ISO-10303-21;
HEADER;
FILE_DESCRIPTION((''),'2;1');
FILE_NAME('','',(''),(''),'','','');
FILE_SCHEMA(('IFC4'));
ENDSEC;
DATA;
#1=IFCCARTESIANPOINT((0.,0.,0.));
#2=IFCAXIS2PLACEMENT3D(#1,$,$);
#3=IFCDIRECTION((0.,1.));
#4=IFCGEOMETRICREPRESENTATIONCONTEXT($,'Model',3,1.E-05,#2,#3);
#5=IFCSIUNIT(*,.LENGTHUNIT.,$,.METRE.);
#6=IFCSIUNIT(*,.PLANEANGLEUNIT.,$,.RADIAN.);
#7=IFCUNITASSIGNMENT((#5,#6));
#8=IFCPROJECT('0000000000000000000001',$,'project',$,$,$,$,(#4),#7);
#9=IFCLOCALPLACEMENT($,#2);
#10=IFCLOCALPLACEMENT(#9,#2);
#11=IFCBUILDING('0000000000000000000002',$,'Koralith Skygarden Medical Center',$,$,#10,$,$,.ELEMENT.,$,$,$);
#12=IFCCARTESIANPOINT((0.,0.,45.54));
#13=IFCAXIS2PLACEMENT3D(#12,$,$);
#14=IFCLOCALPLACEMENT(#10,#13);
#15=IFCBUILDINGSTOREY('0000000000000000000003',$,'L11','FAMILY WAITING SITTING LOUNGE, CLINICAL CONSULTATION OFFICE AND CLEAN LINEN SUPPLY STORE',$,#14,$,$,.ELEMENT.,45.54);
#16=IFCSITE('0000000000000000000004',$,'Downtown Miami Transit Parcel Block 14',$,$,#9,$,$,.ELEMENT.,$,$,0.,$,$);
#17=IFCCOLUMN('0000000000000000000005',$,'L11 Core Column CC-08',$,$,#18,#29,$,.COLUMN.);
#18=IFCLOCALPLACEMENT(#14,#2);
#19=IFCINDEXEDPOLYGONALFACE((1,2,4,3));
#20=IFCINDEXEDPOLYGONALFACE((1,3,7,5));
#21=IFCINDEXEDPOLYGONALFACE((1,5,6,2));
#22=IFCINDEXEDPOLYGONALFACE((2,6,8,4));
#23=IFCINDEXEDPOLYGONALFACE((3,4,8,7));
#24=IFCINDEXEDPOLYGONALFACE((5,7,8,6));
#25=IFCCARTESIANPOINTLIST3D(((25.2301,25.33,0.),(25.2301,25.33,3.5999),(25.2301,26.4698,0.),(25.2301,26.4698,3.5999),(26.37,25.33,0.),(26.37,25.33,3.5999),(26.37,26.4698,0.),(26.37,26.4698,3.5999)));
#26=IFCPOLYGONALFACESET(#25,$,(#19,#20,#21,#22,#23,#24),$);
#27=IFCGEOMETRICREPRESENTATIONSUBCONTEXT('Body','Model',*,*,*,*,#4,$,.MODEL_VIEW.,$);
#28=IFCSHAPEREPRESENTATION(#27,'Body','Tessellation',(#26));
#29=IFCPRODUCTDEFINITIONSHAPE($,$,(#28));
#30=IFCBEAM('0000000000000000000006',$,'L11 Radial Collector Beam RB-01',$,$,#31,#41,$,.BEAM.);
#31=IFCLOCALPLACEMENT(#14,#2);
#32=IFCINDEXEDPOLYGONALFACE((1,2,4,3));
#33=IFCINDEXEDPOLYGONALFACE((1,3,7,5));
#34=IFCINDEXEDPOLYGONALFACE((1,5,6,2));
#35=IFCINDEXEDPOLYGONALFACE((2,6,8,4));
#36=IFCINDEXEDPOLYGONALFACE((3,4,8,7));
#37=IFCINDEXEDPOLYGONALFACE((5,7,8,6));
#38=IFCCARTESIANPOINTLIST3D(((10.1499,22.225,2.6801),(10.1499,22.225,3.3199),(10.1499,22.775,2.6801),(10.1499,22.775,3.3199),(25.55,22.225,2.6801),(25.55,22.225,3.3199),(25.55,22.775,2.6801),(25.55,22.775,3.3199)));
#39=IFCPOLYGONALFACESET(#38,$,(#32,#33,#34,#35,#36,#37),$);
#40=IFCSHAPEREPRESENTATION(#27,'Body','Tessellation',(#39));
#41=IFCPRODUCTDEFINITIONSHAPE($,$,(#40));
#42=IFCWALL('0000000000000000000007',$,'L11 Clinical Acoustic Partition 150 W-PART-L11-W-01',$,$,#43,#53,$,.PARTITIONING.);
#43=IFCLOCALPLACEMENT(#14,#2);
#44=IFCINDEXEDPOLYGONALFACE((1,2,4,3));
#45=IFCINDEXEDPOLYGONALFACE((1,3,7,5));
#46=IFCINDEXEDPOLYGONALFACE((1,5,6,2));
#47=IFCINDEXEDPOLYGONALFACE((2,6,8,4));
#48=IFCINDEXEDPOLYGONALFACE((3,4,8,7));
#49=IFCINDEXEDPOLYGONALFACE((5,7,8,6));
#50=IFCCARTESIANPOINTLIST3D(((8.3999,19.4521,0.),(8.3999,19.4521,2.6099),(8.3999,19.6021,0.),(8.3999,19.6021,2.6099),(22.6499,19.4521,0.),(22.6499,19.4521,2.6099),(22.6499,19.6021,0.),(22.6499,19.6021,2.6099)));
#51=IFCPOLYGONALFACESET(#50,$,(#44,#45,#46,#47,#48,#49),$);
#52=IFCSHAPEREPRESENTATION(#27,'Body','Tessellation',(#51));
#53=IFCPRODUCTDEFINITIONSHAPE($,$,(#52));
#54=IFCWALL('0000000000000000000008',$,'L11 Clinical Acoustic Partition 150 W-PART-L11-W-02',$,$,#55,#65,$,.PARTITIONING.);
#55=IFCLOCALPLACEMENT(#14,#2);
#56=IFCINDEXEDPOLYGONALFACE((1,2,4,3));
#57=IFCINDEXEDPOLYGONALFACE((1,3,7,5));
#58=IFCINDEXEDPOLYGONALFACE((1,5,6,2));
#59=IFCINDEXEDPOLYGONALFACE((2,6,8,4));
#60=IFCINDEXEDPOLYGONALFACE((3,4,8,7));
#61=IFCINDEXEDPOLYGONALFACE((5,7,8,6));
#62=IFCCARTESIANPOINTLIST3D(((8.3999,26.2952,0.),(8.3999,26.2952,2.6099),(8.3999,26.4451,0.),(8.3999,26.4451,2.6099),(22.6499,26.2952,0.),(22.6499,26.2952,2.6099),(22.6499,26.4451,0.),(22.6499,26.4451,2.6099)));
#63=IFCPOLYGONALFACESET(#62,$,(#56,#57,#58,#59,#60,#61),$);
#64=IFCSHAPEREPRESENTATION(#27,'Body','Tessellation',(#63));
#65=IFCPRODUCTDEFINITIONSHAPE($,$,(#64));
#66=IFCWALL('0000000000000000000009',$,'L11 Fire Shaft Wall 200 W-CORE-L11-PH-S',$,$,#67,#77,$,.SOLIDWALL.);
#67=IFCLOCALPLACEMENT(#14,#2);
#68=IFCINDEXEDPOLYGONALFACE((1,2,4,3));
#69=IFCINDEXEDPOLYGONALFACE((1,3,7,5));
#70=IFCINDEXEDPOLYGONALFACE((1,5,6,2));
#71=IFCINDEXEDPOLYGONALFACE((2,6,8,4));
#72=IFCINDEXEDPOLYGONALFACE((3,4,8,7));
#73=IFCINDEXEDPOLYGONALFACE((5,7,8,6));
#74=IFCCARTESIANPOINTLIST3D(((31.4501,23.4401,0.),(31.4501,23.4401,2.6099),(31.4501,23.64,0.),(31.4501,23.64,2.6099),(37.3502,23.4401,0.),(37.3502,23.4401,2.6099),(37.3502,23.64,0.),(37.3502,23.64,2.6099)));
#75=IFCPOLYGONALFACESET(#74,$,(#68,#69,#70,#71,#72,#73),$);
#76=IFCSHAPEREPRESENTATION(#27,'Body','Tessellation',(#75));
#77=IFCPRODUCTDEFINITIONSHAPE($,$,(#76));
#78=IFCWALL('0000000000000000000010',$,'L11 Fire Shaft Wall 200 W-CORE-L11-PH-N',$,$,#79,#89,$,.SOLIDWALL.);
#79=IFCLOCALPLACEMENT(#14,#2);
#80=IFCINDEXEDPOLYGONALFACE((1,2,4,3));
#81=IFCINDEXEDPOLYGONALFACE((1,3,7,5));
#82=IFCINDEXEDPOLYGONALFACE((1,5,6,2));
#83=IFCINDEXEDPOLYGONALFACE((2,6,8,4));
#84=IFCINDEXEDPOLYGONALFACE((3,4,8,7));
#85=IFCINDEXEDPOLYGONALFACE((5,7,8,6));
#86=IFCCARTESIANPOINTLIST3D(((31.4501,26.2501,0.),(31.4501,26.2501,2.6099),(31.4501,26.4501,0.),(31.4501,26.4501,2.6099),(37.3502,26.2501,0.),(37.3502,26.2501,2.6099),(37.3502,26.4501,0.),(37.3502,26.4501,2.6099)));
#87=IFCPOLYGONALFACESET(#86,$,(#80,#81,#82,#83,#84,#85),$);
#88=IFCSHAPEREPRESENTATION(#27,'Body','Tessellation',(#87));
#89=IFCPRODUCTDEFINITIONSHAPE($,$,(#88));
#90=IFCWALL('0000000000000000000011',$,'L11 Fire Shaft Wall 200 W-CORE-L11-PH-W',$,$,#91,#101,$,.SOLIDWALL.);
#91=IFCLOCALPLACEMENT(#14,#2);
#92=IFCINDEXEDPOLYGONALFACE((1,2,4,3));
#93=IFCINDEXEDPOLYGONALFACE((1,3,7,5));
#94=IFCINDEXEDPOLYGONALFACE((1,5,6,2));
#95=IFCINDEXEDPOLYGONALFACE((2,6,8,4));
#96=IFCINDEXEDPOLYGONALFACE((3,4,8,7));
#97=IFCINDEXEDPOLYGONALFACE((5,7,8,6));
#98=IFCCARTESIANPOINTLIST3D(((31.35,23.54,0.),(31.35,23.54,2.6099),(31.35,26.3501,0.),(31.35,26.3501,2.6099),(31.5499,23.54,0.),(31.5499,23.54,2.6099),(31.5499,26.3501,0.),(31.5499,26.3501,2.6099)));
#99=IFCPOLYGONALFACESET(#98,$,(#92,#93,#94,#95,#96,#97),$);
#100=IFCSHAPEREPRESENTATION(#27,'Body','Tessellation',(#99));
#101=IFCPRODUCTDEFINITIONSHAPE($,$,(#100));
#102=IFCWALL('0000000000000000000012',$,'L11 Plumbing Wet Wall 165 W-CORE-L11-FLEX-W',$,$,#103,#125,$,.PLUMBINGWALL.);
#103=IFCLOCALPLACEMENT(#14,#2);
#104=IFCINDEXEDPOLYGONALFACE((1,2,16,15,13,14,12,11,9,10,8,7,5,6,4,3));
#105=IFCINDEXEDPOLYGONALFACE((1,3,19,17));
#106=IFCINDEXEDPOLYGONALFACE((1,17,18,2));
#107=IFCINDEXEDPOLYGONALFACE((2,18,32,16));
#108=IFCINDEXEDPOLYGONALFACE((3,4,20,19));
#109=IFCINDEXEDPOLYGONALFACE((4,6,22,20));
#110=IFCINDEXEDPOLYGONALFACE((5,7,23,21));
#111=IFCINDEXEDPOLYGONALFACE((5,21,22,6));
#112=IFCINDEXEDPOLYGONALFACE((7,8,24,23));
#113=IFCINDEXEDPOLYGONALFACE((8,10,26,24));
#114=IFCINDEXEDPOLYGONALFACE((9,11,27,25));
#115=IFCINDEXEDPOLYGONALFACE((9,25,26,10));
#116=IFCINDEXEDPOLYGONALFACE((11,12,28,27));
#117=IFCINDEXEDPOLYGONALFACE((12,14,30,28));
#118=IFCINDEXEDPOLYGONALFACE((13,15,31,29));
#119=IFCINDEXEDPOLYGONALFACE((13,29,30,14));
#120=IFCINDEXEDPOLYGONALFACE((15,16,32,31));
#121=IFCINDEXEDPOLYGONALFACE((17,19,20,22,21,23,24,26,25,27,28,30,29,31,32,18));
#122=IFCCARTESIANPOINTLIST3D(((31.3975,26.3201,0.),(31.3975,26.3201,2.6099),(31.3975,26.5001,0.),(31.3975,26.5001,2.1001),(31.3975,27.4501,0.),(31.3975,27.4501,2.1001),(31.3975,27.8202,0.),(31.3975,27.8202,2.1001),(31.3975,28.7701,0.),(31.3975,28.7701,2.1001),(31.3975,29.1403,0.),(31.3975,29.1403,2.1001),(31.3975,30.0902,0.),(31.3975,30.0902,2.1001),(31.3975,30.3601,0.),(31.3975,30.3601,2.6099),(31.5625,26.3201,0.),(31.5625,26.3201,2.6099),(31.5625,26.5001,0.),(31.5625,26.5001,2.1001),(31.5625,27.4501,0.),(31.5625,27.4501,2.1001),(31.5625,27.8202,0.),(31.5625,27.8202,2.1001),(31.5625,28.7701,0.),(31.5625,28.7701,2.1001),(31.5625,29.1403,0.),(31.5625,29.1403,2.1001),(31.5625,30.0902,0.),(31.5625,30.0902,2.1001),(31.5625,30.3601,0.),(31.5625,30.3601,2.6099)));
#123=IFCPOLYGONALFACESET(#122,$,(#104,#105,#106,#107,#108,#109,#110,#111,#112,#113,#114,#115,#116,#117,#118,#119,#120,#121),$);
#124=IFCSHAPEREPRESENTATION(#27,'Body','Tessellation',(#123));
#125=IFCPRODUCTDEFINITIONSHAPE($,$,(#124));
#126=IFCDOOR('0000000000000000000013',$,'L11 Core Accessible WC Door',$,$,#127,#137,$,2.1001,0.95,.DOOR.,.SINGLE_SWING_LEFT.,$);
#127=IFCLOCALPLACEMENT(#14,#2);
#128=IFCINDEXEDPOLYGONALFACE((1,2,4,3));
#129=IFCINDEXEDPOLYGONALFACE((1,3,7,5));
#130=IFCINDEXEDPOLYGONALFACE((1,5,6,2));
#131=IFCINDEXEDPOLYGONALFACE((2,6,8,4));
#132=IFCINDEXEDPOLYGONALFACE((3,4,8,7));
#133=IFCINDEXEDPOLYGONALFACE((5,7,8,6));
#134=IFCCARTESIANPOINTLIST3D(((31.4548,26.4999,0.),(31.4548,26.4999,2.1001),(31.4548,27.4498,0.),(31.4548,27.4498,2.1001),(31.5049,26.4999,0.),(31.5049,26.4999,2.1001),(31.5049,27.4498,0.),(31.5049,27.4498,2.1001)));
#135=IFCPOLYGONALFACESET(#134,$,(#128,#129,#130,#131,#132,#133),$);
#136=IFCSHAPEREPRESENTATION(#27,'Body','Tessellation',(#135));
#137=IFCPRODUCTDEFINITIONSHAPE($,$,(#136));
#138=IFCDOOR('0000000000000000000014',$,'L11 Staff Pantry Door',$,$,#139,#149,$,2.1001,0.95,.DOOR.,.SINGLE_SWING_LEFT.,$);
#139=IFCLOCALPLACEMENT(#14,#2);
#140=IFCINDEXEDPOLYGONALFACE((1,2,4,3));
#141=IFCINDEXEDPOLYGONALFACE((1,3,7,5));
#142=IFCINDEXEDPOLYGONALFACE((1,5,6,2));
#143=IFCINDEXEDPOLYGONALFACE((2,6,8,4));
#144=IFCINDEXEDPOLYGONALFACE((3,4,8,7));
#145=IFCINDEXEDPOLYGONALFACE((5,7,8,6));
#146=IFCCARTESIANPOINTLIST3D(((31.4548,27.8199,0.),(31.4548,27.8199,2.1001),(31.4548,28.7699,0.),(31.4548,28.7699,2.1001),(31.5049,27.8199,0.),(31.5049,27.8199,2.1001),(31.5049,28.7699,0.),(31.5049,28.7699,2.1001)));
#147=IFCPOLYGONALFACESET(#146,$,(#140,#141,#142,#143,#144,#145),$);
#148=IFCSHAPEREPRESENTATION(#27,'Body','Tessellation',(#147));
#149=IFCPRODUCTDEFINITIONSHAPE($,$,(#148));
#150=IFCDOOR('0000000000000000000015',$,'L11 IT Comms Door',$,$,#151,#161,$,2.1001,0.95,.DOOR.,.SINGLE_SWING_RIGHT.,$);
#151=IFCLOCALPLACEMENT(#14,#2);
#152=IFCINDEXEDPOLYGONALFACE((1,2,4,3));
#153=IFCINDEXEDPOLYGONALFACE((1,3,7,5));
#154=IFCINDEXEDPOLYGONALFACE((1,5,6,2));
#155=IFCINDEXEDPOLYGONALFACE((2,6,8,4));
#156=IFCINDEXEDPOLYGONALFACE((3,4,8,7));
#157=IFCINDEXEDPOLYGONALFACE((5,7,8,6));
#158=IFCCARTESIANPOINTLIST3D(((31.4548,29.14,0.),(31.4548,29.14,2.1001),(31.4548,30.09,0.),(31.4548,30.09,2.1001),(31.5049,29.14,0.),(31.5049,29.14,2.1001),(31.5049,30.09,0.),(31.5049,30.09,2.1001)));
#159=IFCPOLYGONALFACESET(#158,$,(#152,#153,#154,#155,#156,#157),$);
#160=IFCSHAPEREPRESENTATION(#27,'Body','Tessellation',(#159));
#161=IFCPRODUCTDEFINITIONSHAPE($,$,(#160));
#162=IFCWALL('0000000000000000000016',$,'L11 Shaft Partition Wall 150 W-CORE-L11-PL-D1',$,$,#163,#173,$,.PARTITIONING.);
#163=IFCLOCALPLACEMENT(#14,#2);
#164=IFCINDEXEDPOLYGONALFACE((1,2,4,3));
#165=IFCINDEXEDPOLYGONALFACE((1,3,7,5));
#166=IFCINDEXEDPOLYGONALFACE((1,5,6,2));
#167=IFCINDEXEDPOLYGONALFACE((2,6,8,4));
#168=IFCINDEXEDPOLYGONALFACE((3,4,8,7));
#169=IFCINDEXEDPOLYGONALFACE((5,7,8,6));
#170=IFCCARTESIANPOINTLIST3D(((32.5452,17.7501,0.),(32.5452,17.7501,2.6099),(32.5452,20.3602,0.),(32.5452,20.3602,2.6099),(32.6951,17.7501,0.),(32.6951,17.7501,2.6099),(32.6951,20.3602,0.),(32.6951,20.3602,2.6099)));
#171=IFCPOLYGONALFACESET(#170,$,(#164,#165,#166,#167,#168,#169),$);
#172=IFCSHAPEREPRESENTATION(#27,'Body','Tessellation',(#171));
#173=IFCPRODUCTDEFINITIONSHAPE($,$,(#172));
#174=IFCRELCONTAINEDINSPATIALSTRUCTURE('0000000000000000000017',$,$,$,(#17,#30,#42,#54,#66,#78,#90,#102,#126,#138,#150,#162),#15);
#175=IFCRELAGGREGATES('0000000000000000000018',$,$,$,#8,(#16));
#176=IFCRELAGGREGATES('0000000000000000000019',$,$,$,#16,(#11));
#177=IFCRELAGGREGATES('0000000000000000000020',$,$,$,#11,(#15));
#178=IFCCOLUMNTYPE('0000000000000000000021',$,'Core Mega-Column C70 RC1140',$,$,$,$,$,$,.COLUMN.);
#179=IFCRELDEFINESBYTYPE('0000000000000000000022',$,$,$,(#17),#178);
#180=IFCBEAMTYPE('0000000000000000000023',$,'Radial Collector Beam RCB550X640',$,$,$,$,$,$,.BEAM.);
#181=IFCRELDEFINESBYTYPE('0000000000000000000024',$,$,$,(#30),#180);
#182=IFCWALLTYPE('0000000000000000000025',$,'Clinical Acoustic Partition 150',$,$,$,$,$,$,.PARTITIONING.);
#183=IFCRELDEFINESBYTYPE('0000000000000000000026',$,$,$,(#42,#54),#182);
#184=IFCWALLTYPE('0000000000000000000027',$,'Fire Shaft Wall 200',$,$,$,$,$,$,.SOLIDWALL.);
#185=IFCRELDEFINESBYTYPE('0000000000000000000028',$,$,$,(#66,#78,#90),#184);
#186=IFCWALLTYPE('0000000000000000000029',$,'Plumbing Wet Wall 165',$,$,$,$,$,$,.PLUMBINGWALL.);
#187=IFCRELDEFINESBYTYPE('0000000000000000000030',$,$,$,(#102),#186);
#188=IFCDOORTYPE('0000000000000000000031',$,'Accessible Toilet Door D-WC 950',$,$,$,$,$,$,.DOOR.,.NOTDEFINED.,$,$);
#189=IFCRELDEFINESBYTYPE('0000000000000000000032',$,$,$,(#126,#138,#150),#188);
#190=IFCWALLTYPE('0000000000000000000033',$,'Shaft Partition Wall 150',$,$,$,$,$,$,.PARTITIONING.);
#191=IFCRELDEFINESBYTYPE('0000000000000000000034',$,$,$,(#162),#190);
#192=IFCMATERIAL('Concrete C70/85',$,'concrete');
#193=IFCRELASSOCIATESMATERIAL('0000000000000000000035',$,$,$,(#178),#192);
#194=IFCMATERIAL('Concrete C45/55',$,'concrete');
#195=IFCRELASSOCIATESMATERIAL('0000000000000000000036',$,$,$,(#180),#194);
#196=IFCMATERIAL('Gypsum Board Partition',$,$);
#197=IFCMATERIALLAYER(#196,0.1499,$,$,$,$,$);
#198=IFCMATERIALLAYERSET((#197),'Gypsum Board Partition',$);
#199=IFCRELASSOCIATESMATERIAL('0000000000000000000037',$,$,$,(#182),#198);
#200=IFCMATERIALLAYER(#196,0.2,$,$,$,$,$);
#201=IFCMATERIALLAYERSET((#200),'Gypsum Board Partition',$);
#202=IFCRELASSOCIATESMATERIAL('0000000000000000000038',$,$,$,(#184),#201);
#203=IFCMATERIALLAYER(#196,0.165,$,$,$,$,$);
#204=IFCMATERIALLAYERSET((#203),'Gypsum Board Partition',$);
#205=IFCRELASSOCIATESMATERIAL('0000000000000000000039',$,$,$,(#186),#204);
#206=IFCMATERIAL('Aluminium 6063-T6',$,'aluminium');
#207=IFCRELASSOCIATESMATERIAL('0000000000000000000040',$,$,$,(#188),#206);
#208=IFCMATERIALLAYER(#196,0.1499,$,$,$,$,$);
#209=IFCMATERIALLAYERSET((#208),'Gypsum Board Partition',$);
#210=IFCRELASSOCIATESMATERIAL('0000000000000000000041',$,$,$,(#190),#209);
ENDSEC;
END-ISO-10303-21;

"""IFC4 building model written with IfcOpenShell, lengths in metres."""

from ifc_helpers import new_model, si_unit, direction, frame, frame_2d, origin, origin_2d, place, context, subcontext, project, spatial, rectangle, extrude, material, layer, layer_set, material_profile, profile_set, type_object, element, fill, save


model = new_model("IFC4")

# Units and contexts
model_context = context("Model", 3, precision=1e-05, world=origin(), true_north=direction((0.0, 1.0)))
body_context = subcontext(model_context, "Body", "Model", "MODEL_VIEW")
ifc_project = project(units=[si_unit("LENGTHUNIT", "METRE"), si_unit("PLANEANGLEUNIT", "RADIAN")], contexts=[model_context])

# Site, building, storey
site_placement = place(None, origin())
site = spatial("IfcSite", under=ifc_project, at=site_placement, Name="Downtown Miami Transit Parcel Block 14", CompositionType="ELEMENT", RefElevation=0.0)
building_placement = place(site_placement, origin())
building = spatial("IfcBuilding", under=site, at=building_placement, Name="Koralith Skygarden Medical Center", CompositionType="ELEMENT")
storey_placement = place(building_placement, frame((0.0, 0.0, 45.54)))
storey = spatial("IfcBuildingStorey", under=building, at=storey_placement, Name="L11", Description="FAMILY WAITING SITTING LOUNGE, CLINICAL CONSULTATION OFFICE AND CLEAN LINEN SUPPLY STORE", CompositionType="ELEMENT", Elevation=45.54)

# Column
ifc_material_1 = material(Name="Concrete C70/85", Category="concrete")
ifc_material_profile_1 = material_profile(ifc_material_1, rectangle(XDim=1.1399, YDim=1.1399, at=origin_2d()), Name="RC1140X1140")
ifc_profile_set_1 = profile_set([ifc_material_profile_1], Name="Concrete C70/85")
column_type = type_object("IfcColumnType", Name="Core Mega-Column C70 RC1140", PredefinedType="COLUMN", material=ifc_profile_set_1)
column_placement = place(storey_placement, frame((25.8, 25.8999, 0.0), z_axis=(0.0, 0.0, 1.0), x_axis=(1.0, 0.0, 0.0)))
element("IfcColumn", 1, at=column_placement, inside=storey, type_object=column_type, Name="L11 Core Column CC-08", PredefinedType="COLUMN", context=body_context, shape_type="SweptSolid", body=[
    extrude(rectangle(XDim=1.1399, YDim=1.1399, at=origin_2d()), origin(), (0.0, 0.0, 1.0), 3.5999),
])

# Beam
ifc_material_2 = material(Name="Concrete C45/55", Category="concrete")
ifc_material_profile_2 = material_profile(ifc_material_2, rectangle(XDim=0.55, YDim=0.6399, at=origin_2d()), Name="RCB550X640")
ifc_profile_set_2 = profile_set([ifc_material_profile_2], Name="Concrete C45/55")
beam_type = type_object("IfcBeamType", Name="Radial Collector Beam RCB550X640", PredefinedType="BEAM", material=ifc_profile_set_2)
beam_placement = place(storey_placement, frame((25.55, 22.5, 3.0), z_axis=(-1.0, 0.0, 0.0), x_axis=(0.0, -1.0, 0.0)))
element("IfcBeam", 2, at=beam_placement, inside=storey, type_object=beam_type, Name="L11 Radial Collector Beam RB-01", PredefinedType="BEAM", context=body_context, shape_type="SweptSolid", body=[
    extrude(rectangle(XDim=0.55, YDim=0.6399, at=origin_2d()), origin(), (0.0, 0.0, 1.0), 15.4001),
])

# Walls
ifc_material_3 = material(Name="Gypsum Board Partition")
ifc_layer_1 = layer(ifc_material_3, 0.1499)
ifc_layer_set_1 = layer_set([ifc_layer_1], Name="Gypsum Board Partition")
wall_type_1 = type_object("IfcWallType", Name="Clinical Acoustic Partition 150", PredefinedType="PARTITIONING", material=ifc_layer_set_1)
for number, where, z_axis, x_axis, name in (
    (3, (22.6499, 19.5271, 0.0), (0.0, 0.0, 1.0), (-1.0, 0.0, 0.0), "L11 Clinical Acoustic Partition 150 W-PART-L11-W-01"),
    (4, (22.6499, 26.3701, 0.0), (0.0, 0.0, 1.0), (-1.0, 0.0, 0.0), "L11 Clinical Acoustic Partition 150 W-PART-L11-W-02"),
):
    element("IfcWall", number, at=place(storey_placement, frame(where, z_axis=z_axis, x_axis=x_axis)), inside=storey, type_object=wall_type_1, Name=name, PredefinedType="PARTITIONING", context=body_context, shape_type="SweptSolid", body=[
        extrude(rectangle(XDim=14.25, YDim=0.1499, at=frame_2d((7.125, 0.0))), origin(), (0.0, 0.0, 1.0), 2.6099),
    ])

# Shared definitions
ifc_material_4 = material(Name="Aluminium 6063-T6", Category="aluminium")
ifc_layer_2 = layer(ifc_material_3, 0.2)
ifc_layer_set_2 = layer_set([ifc_layer_2], Name="Gypsum Board Partition")
wall_type_2 = type_object("IfcWallType", Name="Fire Shaft Wall 200", PredefinedType="SOLIDWALL", material=ifc_layer_set_2)

# Walls
for number, where, z_axis, x_axis, name in (
    (5, (31.45, 23.54, 0.0), (0.0, 0.0, 1.0), (1.0, 0.0, 0.0), "L11 Fire Shaft Wall 200 W-CORE-L11-PH-S"),
    (6, (31.45, 26.3501, 0.0), (0.0, 0.0, 1.0), (1.0, 0.0, 0.0), "L11 Fire Shaft Wall 200 W-CORE-L11-PH-N"),
):
    element("IfcWall", number, at=place(storey_placement, frame(where, z_axis=z_axis, x_axis=x_axis)), inside=storey, type_object=wall_type_2, Name=name, PredefinedType="SOLIDWALL", context=body_context, shape_type="SweptSolid", body=[
        extrude(rectangle(XDim=5.9001, YDim=0.2, at=frame_2d((2.9502, 0.0))), origin(), (0.0, 0.0, 1.0), 2.6099),
    ])
wall_1_placement = place(storey_placement, frame((31.45, 23.54, 0.0), z_axis=(0.0, 0.0, 1.0), x_axis=(0.0, 1.0, 0.0)))
element("IfcWall", 7, at=wall_1_placement, inside=storey, type_object=wall_type_2, Name="L11 Fire Shaft Wall 200 W-CORE-L11-PH-W", PredefinedType="SOLIDWALL", context=body_context, shape_type="SweptSolid", body=[
    extrude(rectangle(XDim=2.8101, YDim=0.2, at=frame_2d((1.405, 0.0))), origin(), (0.0, 0.0, 1.0), 2.6099),
])

# Wall, openings, doors
ifc_layer_3 = layer(ifc_material_3, 0.165)
ifc_layer_set_3 = layer_set([ifc_layer_3], Name="Gypsum Board Partition")
wall_type_3 = type_object("IfcWallType", Name="Plumbing Wet Wall 165", PredefinedType="PLUMBINGWALL", material=ifc_layer_set_3)
wall_2_placement = place(storey_placement, frame((31.48, 26.3201, 0.0), z_axis=(0.0, 0.0, 1.0), x_axis=(0.0, 1.0, 0.0)))
wall_2 = element("IfcWall", 8, at=wall_2_placement, inside=storey, type_object=wall_type_3, Name="L11 Plumbing Wet Wall 165 W-CORE-L11-FLEX-W", PredefinedType="PLUMBINGWALL", context=body_context, shape_type="SweptSolid", body=[
    extrude(rectangle(XDim=4.04, YDim=0.165, at=frame_2d((2.02, 0.0))), origin(), (0.0, 0.0, 1.0), 2.6099),
])
opening_1_placement = place(wall_2_placement, frame((0.1799, 0.0, 0.0)))
opening_1 = element("IfcOpeningElement", 9, at=opening_1_placement, cuts=wall_2, PredefinedType="OPENING", context=body_context, shape_type="SweptSolid", body=[
    extrude(rectangle(XDim=0.95, YDim=2.1001, at=frame_2d((0.4751, 1.05))), frame((0.0, 0.0925, 0.0), z_axis=(0.0, -1.0, 0.0), x_axis=(1.0, 0.0, 0.0)), (0.0, 0.0, 1.0), 0.1851),
])
opening_2_placement = place(wall_2_placement, frame((1.5, 0.0, 0.0)))
opening_2 = element("IfcOpeningElement", 10, at=opening_2_placement, cuts=wall_2, PredefinedType="OPENING", context=body_context, shape_type="SweptSolid", body=[
    extrude(rectangle(XDim=0.95, YDim=2.1001, at=frame_2d((0.4751, 1.05))), frame((0.0, 0.0925, 0.0), z_axis=(0.0, -1.0, 0.0), x_axis=(1.0, 0.0, 0.0)), (0.0, 0.0, 1.0), 0.1851),
])
opening_3_placement = place(wall_2_placement, frame((2.8201, 0.0, 0.0)))
opening_3 = element("IfcOpeningElement", 11, at=opening_3_placement, cuts=wall_2, PredefinedType="OPENING", context=body_context, shape_type="SweptSolid", body=[
    extrude(rectangle(XDim=0.95, YDim=2.1001, at=frame_2d((0.4751, 1.05))), frame((0.0, 0.0925, 0.0), z_axis=(0.0, -1.0, 0.0), x_axis=(1.0, 0.0, 0.0)), (0.0, 0.0, 1.0), 0.1851),
])
door_type_1 = type_object("IfcDoorType", Name="Accessible Toilet Door D-WC 950", OperationType="NOTDEFINED", PredefinedType="DOOR", material=ifc_material_4)
door_1_placement = place(opening_1_placement, frame((0.95, 0.0, 0.0), z_axis=(0.0, 0.0, 1.0), x_axis=(-1.0, 0.0, 0.0)))
door_1 = element("IfcDoor", 12, at=door_1_placement, inside=storey, type_object=door_type_1, Name="L11 Core Accessible WC Door", OperationType="SINGLE_SWING_LEFT", OverallHeight=2.1001, OverallWidth=0.95, PredefinedType="DOOR", context=body_context, shape_type="SweptSolid", body=[
    extrude(rectangle(XDim=0.95, YDim=2.1001, at=frame_2d((0.4751, 1.05))), frame((0.0, 0.0249, 0.0), z_axis=(0.0, -1.0, 0.0), x_axis=(1.0, 0.0, 0.0)), (0.0, 0.0, 1.0), 0.05),
])
fill(opening_1, door_1)
door_2_placement = place(opening_2_placement, frame((0.95, 0.0, 0.0), z_axis=(0.0, 0.0, 1.0), x_axis=(-1.0, 0.0, 0.0)))
door_2 = element("IfcDoor", 13, at=door_2_placement, inside=storey, type_object=door_type_1, Name="L11 Staff Pantry Door", OperationType="SINGLE_SWING_LEFT", OverallHeight=2.1001, OverallWidth=0.95, PredefinedType="DOOR", context=body_context, shape_type="SweptSolid", body=[
    extrude(rectangle(XDim=0.95, YDim=2.1001, at=frame_2d((0.4751, 1.05))), frame((0.0, 0.0249, 0.0), z_axis=(0.0, -1.0, 0.0), x_axis=(1.0, 0.0, 0.0)), (0.0, 0.0, 1.0), 0.05),
])
fill(opening_2, door_2)
door_3_placement = place(opening_3_placement, frame((0.95, 0.0, 0.0), z_axis=(0.0, 0.0, 1.0), x_axis=(-1.0, 0.0, 0.0)))
door_3 = element("IfcDoor", 14, at=door_3_placement, inside=storey, type_object=door_type_1, Name="L11 IT Comms Door", OperationType="SINGLE_SWING_RIGHT", OverallHeight=2.1001, OverallWidth=0.95, PredefinedType="DOOR", context=body_context, shape_type="SweptSolid", body=[
    extrude(rectangle(XDim=0.95, YDim=2.1001, at=frame_2d((0.4751, 1.05))), frame((0.0, 0.0249, 0.0), z_axis=(0.0, -1.0, 0.0), x_axis=(1.0, 0.0, 0.0)), (0.0, 0.0, 1.0), 0.05),
])
fill(opening_3, door_3)

# Wall
ifc_layer_4 = layer(ifc_material_3, 0.1499)
ifc_layer_set_4 = layer_set([ifc_layer_4], Name="Gypsum Board Partition")
wall_type_4 = type_object("IfcWallType", Name="Shaft Partition Wall 150", PredefinedType="PARTITIONING", material=ifc_layer_set_4)
for number, where, z_axis, x_axis, name in (
    (15, (32.6201, 17.75, 0.0), (0.0, 0.0, 1.0), (0.0, 1.0, 0.0), "L11 Shaft Partition Wall 150 W-CORE-L11-PL-D1"),
):
    element("IfcWall", number, at=place(storey_placement, frame(where, z_axis=z_axis, x_axis=x_axis)), inside=storey, type_object=wall_type_4, Name=name, PredefinedType="PARTITIONING", context=body_context, shape_type="SweptSolid", body=[
        extrude(rectangle(XDim=2.6101, YDim=0.1499, at=frame_2d((1.3052, 0.0))), origin(), (0.0, 0.0, 1.0), 2.6099),
    ])

save(model, "model.ifc")
